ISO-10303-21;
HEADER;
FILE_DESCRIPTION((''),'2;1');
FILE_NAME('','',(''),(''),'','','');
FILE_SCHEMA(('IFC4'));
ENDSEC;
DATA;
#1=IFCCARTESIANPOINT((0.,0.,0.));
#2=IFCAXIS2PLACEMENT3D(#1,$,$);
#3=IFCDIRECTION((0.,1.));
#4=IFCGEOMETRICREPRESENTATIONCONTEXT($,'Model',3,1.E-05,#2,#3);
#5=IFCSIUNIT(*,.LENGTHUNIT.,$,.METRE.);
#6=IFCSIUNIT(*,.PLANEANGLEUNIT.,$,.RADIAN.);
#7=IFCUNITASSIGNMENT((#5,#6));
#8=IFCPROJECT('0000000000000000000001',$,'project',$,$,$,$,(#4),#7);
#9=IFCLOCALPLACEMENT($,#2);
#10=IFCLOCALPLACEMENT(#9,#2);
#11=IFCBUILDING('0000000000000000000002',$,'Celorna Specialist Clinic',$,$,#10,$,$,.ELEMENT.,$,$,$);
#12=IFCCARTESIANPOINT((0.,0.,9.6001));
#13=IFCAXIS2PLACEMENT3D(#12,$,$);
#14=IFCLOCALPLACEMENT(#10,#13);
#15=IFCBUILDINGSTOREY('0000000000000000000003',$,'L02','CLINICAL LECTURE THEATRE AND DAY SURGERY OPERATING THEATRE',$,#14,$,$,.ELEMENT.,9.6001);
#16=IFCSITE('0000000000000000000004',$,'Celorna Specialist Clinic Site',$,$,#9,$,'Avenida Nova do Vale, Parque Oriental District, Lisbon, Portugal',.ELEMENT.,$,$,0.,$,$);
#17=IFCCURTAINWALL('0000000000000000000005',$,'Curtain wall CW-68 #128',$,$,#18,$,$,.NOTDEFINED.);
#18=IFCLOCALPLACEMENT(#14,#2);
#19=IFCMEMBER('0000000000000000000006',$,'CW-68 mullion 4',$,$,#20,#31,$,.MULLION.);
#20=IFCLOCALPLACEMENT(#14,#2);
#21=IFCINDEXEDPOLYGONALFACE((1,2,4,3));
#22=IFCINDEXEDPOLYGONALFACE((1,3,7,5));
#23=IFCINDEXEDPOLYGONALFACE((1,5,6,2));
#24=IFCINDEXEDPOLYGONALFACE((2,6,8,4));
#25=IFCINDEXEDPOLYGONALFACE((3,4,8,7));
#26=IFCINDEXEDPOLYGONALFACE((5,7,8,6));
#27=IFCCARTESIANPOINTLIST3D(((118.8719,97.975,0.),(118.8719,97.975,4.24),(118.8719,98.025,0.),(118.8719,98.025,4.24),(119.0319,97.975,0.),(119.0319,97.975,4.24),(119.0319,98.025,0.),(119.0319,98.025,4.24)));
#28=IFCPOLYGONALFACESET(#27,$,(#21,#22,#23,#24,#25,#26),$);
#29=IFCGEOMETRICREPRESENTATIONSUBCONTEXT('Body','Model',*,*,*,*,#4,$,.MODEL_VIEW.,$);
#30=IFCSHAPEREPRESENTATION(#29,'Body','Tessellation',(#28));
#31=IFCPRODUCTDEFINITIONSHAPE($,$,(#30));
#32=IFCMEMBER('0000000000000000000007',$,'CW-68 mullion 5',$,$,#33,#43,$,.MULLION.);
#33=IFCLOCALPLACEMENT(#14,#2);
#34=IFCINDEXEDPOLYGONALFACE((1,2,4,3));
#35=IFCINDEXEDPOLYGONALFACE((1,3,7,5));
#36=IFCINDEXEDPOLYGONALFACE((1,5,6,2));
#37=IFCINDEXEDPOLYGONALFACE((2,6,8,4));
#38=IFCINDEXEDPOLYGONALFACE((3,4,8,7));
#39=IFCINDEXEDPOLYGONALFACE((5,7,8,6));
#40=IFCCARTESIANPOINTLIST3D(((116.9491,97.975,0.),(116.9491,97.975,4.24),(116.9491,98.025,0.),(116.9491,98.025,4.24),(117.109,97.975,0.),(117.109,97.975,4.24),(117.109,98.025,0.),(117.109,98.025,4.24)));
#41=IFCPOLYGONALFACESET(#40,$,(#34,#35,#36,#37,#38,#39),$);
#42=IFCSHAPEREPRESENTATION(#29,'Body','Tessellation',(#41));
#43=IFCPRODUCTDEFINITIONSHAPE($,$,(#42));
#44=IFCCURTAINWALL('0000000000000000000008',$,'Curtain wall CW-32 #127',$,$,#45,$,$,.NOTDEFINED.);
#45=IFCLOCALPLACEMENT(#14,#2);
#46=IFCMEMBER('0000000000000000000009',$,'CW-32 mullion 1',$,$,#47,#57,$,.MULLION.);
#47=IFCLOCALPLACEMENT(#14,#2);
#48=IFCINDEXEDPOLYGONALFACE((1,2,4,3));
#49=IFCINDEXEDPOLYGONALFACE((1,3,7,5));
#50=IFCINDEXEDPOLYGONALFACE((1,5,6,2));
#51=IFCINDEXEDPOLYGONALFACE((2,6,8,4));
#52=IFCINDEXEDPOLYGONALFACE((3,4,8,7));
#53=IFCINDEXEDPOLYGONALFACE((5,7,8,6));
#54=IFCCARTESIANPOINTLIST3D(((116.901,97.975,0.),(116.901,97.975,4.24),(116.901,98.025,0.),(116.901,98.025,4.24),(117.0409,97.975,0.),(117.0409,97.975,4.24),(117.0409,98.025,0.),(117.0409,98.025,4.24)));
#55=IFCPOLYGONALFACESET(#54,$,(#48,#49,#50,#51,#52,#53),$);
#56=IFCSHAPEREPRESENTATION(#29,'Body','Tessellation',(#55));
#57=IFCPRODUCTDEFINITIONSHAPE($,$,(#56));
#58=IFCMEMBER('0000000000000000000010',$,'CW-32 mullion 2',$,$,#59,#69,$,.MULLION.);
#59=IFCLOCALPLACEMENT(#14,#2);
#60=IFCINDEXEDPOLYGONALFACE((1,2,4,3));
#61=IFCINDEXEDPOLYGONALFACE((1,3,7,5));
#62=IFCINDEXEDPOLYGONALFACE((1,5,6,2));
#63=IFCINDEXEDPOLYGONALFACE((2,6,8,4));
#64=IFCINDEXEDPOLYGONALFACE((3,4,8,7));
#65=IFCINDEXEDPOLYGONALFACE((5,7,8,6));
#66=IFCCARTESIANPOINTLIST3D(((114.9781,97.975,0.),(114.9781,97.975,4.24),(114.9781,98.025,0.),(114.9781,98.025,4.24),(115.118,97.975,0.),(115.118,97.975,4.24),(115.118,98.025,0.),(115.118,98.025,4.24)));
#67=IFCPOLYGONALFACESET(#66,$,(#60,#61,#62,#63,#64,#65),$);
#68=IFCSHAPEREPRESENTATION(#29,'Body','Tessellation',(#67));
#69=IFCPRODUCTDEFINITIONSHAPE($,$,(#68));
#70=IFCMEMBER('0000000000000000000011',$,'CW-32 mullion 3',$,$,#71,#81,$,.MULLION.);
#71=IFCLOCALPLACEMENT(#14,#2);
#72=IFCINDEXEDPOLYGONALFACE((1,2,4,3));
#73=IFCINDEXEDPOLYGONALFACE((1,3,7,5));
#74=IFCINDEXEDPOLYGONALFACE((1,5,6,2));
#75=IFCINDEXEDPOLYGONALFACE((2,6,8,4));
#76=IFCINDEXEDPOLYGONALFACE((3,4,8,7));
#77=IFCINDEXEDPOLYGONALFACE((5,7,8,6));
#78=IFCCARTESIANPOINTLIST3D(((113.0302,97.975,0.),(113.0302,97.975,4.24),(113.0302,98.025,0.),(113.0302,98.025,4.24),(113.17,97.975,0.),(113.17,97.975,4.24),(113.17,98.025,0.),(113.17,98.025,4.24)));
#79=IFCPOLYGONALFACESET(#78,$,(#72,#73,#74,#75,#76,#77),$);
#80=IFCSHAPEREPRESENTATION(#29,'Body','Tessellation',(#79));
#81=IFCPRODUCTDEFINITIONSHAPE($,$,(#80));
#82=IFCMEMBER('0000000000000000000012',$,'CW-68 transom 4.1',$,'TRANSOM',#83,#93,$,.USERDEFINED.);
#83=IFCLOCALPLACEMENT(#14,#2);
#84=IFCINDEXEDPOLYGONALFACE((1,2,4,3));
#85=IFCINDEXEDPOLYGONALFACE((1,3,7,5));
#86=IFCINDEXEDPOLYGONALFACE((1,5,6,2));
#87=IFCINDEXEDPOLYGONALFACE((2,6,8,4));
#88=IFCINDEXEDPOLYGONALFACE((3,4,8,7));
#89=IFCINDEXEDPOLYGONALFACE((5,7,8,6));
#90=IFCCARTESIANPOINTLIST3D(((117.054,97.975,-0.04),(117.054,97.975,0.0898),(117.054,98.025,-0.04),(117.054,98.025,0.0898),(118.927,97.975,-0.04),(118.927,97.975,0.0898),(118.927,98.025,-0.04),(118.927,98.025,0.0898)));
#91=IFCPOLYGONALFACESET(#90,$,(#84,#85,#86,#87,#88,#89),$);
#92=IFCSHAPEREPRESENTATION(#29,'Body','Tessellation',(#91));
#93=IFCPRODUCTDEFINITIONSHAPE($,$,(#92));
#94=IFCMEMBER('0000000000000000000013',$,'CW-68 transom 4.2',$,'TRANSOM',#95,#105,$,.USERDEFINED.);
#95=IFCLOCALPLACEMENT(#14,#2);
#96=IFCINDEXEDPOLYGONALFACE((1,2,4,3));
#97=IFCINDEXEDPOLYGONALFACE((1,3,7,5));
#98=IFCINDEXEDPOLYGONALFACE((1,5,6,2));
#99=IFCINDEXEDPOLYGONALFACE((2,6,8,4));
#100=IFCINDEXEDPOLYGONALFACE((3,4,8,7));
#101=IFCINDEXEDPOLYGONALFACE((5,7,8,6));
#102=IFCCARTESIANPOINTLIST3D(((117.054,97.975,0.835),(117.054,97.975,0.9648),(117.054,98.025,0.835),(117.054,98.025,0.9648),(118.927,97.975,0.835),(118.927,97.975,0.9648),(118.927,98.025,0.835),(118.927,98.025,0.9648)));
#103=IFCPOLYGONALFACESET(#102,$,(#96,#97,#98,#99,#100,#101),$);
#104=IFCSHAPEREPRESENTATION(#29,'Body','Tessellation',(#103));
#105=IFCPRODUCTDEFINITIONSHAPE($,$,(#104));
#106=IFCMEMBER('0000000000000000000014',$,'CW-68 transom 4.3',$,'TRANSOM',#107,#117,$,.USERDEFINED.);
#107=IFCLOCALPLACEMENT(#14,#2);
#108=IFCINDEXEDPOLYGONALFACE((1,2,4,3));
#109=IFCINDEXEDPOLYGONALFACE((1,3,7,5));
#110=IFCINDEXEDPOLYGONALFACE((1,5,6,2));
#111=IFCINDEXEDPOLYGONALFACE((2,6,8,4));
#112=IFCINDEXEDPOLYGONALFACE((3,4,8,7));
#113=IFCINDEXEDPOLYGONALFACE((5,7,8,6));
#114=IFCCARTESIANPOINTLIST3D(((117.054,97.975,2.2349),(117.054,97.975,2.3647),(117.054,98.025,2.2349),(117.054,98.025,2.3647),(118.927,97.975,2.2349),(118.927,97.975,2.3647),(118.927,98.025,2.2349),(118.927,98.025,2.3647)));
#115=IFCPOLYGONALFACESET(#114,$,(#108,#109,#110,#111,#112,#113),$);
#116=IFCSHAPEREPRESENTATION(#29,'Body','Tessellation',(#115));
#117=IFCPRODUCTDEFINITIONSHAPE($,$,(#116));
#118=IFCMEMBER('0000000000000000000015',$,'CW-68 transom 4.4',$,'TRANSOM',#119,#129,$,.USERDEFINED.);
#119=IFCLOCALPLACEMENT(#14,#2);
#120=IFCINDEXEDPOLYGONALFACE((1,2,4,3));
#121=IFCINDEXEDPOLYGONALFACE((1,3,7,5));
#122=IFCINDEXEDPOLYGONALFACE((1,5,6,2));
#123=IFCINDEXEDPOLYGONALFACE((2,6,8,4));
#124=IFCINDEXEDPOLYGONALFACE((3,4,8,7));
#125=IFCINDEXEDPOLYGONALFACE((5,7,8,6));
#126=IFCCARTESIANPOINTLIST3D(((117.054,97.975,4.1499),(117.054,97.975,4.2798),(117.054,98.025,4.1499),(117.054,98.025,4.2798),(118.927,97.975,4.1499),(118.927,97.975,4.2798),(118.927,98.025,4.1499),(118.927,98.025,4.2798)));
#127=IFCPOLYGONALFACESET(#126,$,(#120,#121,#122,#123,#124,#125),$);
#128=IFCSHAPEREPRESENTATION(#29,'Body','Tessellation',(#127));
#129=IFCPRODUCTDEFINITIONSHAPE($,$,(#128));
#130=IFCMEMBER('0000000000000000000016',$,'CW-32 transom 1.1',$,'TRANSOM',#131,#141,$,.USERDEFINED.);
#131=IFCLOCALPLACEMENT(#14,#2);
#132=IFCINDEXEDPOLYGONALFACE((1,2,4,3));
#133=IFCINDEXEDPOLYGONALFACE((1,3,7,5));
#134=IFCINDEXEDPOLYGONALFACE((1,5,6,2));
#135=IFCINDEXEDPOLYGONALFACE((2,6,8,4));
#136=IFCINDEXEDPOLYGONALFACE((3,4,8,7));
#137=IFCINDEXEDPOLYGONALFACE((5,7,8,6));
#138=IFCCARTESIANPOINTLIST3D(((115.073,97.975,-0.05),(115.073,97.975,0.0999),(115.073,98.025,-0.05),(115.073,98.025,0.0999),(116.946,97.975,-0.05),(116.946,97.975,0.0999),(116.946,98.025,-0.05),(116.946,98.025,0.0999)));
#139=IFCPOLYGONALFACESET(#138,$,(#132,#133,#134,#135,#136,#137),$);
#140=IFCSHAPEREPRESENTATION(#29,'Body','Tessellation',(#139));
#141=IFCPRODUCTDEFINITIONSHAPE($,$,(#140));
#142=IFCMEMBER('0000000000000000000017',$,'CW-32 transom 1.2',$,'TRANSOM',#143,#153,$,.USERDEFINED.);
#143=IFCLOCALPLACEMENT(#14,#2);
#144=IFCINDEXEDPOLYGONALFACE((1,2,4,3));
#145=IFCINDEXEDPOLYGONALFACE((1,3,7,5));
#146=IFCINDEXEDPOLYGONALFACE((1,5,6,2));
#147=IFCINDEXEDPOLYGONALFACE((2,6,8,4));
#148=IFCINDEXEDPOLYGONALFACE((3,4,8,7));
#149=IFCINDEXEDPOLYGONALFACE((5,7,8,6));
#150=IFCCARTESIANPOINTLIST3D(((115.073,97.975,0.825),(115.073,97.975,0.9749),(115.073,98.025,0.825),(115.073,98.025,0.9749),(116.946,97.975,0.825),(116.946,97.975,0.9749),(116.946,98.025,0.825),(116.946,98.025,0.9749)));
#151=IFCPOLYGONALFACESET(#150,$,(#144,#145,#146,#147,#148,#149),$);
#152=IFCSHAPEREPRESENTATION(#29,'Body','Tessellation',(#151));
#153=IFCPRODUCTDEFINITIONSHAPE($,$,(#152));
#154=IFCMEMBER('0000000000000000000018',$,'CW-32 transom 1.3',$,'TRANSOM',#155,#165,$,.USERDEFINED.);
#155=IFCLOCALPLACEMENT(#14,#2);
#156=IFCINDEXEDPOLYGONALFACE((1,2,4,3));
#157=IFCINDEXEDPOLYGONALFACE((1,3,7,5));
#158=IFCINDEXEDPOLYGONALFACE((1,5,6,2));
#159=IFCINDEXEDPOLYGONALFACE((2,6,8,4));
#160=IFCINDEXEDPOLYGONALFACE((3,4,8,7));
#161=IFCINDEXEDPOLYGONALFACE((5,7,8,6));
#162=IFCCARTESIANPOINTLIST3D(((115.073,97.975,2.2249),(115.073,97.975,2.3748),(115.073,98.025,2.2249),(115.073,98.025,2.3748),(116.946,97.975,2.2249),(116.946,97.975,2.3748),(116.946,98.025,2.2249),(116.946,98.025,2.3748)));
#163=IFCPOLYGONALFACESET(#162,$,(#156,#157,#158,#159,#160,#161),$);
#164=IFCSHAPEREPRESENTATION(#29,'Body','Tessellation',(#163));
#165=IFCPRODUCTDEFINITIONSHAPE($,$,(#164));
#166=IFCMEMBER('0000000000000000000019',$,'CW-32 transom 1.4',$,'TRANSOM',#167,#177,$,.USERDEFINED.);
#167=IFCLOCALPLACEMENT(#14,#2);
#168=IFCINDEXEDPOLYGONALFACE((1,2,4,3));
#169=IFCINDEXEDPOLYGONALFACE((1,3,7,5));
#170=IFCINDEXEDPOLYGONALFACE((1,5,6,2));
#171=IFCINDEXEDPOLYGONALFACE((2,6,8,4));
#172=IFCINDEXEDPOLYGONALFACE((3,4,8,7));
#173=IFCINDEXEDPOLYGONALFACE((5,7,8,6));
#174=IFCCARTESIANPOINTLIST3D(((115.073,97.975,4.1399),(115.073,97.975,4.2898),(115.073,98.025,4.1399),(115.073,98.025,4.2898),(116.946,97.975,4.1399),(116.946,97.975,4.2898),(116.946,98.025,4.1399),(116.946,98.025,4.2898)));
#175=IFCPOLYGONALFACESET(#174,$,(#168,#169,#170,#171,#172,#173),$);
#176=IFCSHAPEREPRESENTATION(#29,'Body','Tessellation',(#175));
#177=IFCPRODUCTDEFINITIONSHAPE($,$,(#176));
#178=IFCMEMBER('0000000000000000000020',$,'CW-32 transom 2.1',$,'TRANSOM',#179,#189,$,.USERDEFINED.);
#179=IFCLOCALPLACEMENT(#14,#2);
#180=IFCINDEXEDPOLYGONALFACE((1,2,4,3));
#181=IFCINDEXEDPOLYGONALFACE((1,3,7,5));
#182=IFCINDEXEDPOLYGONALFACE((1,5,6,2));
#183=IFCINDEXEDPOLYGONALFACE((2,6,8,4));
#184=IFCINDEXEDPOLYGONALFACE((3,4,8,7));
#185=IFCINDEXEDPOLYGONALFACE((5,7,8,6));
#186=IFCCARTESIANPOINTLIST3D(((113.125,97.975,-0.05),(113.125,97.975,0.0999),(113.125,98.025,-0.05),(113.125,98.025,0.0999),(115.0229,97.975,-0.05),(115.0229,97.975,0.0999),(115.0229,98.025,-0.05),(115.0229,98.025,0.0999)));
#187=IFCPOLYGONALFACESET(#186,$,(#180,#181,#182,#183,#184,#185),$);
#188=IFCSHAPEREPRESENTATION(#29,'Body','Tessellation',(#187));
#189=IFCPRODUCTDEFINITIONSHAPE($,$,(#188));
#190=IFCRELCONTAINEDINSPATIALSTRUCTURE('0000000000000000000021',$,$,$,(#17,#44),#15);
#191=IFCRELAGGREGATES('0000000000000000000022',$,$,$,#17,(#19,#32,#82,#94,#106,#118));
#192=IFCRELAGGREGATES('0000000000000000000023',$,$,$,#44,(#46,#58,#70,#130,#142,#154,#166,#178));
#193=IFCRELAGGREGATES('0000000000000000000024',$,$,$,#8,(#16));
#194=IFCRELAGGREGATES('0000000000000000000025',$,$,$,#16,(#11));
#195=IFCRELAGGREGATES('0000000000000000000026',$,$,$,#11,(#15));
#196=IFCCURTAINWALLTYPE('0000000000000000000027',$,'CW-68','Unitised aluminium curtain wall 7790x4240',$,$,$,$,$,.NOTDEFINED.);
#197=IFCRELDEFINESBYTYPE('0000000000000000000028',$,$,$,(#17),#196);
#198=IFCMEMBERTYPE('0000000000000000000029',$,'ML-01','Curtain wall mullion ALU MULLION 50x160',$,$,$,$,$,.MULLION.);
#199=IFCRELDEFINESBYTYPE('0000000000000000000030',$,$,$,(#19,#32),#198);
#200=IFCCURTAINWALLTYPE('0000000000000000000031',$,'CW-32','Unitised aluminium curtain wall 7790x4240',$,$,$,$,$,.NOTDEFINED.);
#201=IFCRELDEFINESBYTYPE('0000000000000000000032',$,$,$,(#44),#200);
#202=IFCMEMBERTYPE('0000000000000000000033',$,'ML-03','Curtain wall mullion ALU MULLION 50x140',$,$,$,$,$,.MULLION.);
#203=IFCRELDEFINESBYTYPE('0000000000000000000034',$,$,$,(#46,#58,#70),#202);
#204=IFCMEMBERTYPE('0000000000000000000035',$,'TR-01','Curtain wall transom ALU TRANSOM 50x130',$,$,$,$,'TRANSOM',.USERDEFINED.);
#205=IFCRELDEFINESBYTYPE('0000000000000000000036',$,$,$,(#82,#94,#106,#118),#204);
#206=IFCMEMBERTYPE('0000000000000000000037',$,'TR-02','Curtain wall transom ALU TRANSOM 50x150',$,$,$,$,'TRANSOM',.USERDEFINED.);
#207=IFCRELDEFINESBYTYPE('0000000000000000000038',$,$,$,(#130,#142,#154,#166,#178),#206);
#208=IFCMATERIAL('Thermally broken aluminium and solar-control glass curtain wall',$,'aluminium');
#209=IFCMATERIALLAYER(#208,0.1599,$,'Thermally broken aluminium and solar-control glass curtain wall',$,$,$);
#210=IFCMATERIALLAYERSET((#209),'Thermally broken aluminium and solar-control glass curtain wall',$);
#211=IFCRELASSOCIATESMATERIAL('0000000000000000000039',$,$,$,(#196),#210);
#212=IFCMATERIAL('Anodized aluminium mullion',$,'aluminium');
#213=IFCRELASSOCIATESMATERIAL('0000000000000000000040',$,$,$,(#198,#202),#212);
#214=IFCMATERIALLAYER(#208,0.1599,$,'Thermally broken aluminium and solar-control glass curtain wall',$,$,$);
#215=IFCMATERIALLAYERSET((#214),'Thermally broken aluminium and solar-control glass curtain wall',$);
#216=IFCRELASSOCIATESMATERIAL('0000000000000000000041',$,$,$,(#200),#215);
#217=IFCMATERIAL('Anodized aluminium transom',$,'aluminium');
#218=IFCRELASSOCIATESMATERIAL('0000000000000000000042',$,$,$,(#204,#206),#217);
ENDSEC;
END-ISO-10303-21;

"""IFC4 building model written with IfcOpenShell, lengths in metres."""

from ifc_helpers import new_model, si_unit, direction, frame, origin, origin_2d, place, context, subcontext, project, spatial, rectangle, extrude, material, layer, layer_set, material_profile, profile_set, type_object, element, aggregate, save


model = new_model("IFC4")

# Units and contexts
model_context = context("Model", 3, precision=1e-05, world=origin(), true_north=direction((0.0, 1.0)))
body_context = subcontext(model_context, "Body", "Model", "MODEL_VIEW")
ifc_project = project(units=[si_unit("LENGTHUNIT", "METRE"), si_unit("PLANEANGLEUNIT", "RADIAN")], contexts=[model_context])

# Site, building, storey
site_placement = place(None, origin())
site = spatial("IfcSite", under=ifc_project, at=site_placement, Name="Celorna Specialist Clinic Site", LongName="Avenida Nova do Vale, Parque Oriental District, Lisbon, Portugal", CompositionType="ELEMENT", RefElevation=0.0)
building_placement = place(site_placement, origin())
building = spatial("IfcBuilding", under=site, at=building_placement, Name="Celorna Specialist Clinic", CompositionType="ELEMENT")
storey_placement = place(building_placement, frame((0.0, 0.0, 9.6001)))
storey = spatial("IfcBuildingStorey", under=building, at=storey_placement, Name="L02", Description="CLINICAL LECTURE THEATRE AND DAY SURGERY OPERATING THEATRE", CompositionType="ELEMENT", Elevation=9.6001)

# Curtain walls, members
ifc_material_1 = material(Name="Thermally broken aluminium and solar-control glass curtain wall", Category="aluminium")
ifc_layer_1 = layer(ifc_material_1, 0.1599, Name="Thermally broken aluminium and solar-control glass curtain wall")
ifc_layer_set_1 = layer_set([ifc_layer_1], Name="Thermally broken aluminium and solar-control glass curtain wall")
curtain_wall_type_1 = type_object("IfcCurtainWallType", Name="CW-68", Description="Unitised aluminium curtain wall 7790x4240", PredefinedType="NOTDEFINED", material=ifc_layer_set_1)
curtain_wall_1_placement = place(storey_placement, origin())
curtain_wall_1 = element("IfcCurtainWall", 1, at=curtain_wall_1_placement, inside=storey, type_object=curtain_wall_type_1, Name="Curtain wall CW-68 #128", PredefinedType="NOTDEFINED")
ifc_material_2 = material(Name="Anodized aluminium mullion", Category="aluminium")
ifc_material_profile_1 = material_profile(ifc_material_2, rectangle(XDim=0.05, YDim=0.1599, at=origin_2d()), Name="ALU MULLION 50x160")
ifc_profile_set_1 = profile_set([ifc_material_profile_1], Name="Anodized aluminium mullion")
member_type_1 = type_object("IfcMemberType", Name="ML-01", Description="Curtain wall mullion ALU MULLION 50x160", PredefinedType="MULLION", material=ifc_profile_set_1)
member_1_placement = place(storey_placement, frame((118.9519, 98.0, 0.0), z_axis=(0.0, 0.0, 1.0), x_axis=(0.0, -1.0, 0.0)))
member_1 = element("IfcMember", 2, at=member_1_placement, type_object=member_type_1, Name="CW-68 mullion 4", PredefinedType="MULLION", context=body_context, shape_type="SweptSolid", body=[
    extrude(rectangle(XDim=0.05, YDim=0.1599, at=origin_2d()), origin(), (0.0, 0.0, 1.0), 4.24),
])
member_2_placement = place(storey_placement, frame((117.0291, 98.0, 0.0), z_axis=(0.0, 0.0, 1.0), x_axis=(0.0, -1.0, 0.0)))
member_2 = element("IfcMember", 3, at=member_2_placement, type_object=member_type_1, Name="CW-68 mullion 5", PredefinedType="MULLION", context=body_context, shape_type="SweptSolid", body=[
    extrude(rectangle(XDim=0.05, YDim=0.1599, at=origin_2d()), origin(), (0.0, 0.0, 1.0), 4.24),
])
ifc_layer_2 = layer(ifc_material_1, 0.1599, Name="Thermally broken aluminium and solar-control glass curtain wall")
ifc_layer_set_2 = layer_set([ifc_layer_2], Name="Thermally broken aluminium and solar-control glass curtain wall")
curtain_wall_type_2 = type_object("IfcCurtainWallType", Name="CW-32", Description="Unitised aluminium curtain wall 7790x4240", PredefinedType="NOTDEFINED", material=ifc_layer_set_2)
curtain_wall_2_placement = place(storey_placement, origin())
curtain_wall_2 = element("IfcCurtainWall", 4, at=curtain_wall_2_placement, inside=storey, type_object=curtain_wall_type_2, Name="Curtain wall CW-32 #127", PredefinedType="NOTDEFINED")
ifc_material_profile_2 = material_profile(ifc_material_2, rectangle(XDim=0.05, YDim=0.1399, at=origin_2d()), Name="ALU MULLION 50x140")
ifc_profile_set_2 = profile_set([ifc_material_profile_2], Name="Anodized aluminium mullion")
member_type_2 = type_object("IfcMemberType", Name="ML-03", Description="Curtain wall mullion ALU MULLION 50x140", PredefinedType="MULLION", material=ifc_profile_set_2)
member_3_placement = place(storey_placement, frame((116.9709, 98.0, 0.0), z_axis=(0.0, 0.0, 1.0), x_axis=(0.0, -1.0, 0.0)))
member_3 = element("IfcMember", 5, at=member_3_placement, type_object=member_type_2, Name="CW-32 mullion 1", PredefinedType="MULLION", context=body_context, shape_type="SweptSolid", body=[
    extrude(rectangle(XDim=0.05, YDim=0.1399, at=origin_2d()), origin(), (0.0, 0.0, 1.0), 4.24),
])
member_4_placement = place(storey_placement, frame((115.0481, 98.0, 0.0), z_axis=(0.0, 0.0, 1.0), x_axis=(0.0, -1.0, 0.0)))
member_4 = element("IfcMember", 6, at=member_4_placement, type_object=member_type_2, Name="CW-32 mullion 2", PredefinedType="MULLION", context=body_context, shape_type="SweptSolid", body=[
    extrude(rectangle(XDim=0.05, YDim=0.1399, at=origin_2d()), origin(), (0.0, 0.0, 1.0), 4.24),
])
member_5_placement = place(storey_placement, frame((113.1001, 98.0, 0.0), z_axis=(0.0, 0.0, 1.0), x_axis=(0.0, -1.0, 0.0)))
member_5 = element("IfcMember", 7, at=member_5_placement, type_object=member_type_2, Name="CW-32 mullion 3", PredefinedType="MULLION", context=body_context, shape_type="SweptSolid", body=[
    extrude(rectangle(XDim=0.05, YDim=0.1399, at=origin_2d()), origin(), (0.0, 0.0, 1.0), 4.24),
])

# Members
ifc_material_3 = material(Name="Anodized aluminium transom", Category="aluminium")
ifc_material_profile_3 = material_profile(ifc_material_3, rectangle(XDim=0.05, YDim=0.1299, at=origin_2d()), Name="ALU TRANSOM 50x130")
ifc_profile_set_3 = profile_set([ifc_material_profile_3], Name="Anodized aluminium transom")
member_type_3 = type_object("IfcMemberType", Name="TR-01", Description="Curtain wall transom ALU TRANSOM 50x130", ElementType="TRANSOM", PredefinedType="USERDEFINED", material=ifc_profile_set_3)
member_6_placement = place(storey_placement, frame((118.927, 98.0, 0.0249), z_axis=(-1.0, 0.0, 0.0), x_axis=(0.0, -1.0, 0.0)))
member_6 = element("IfcMember", 8, at=member_6_placement, type_object=member_type_3, Name="CW-68 transom 4.1", ObjectType="TRANSOM", PredefinedType="USERDEFINED", context=body_context, shape_type="SweptSolid", body=[
    extrude(rectangle(XDim=0.05, YDim=0.1299, at=origin_2d()), origin(), (0.0, 0.0, 1.0), 1.873),
])
member_7_placement = place(storey_placement, frame((118.927, 98.0, 0.8999), z_axis=(-1.0, 0.0, 0.0), x_axis=(0.0, -1.0, 0.0)))
member_7 = element("IfcMember", 9, at=member_7_placement, type_object=member_type_3, Name="CW-68 transom 4.2", ObjectType="TRANSOM", PredefinedType="USERDEFINED", context=body_context, shape_type="SweptSolid", body=[
    extrude(rectangle(XDim=0.05, YDim=0.1299, at=origin_2d()), origin(), (0.0, 0.0, 1.0), 1.873),
])
member_8_placement = place(storey_placement, frame((118.927, 98.0, 2.2998), z_axis=(-1.0, 0.0, 0.0), x_axis=(0.0, -1.0, 0.0)))
member_8 = element("IfcMember", 10, at=member_8_placement, type_object=member_type_3, Name="CW-68 transom 4.3", ObjectType="TRANSOM", PredefinedType="USERDEFINED", context=body_context, shape_type="SweptSolid", body=[
    extrude(rectangle(XDim=0.05, YDim=0.1299, at=origin_2d()), origin(), (0.0, 0.0, 1.0), 1.873),
])
member_9_placement = place(storey_placement, frame((118.927, 98.0, 4.2148), z_axis=(-1.0, 0.0, 0.0), x_axis=(0.0, -1.0, 0.0)))
member_9 = element("IfcMember", 11, at=member_9_placement, type_object=member_type_3, Name="CW-68 transom 4.4", ObjectType="TRANSOM", PredefinedType="USERDEFINED", context=body_context, shape_type="SweptSolid", body=[
    extrude(rectangle(XDim=0.05, YDim=0.1299, at=origin_2d()), origin(), (0.0, 0.0, 1.0), 1.873),
])
ifc_material_profile_4 = material_profile(ifc_material_3, rectangle(XDim=0.05, YDim=0.1499, at=origin_2d()), Name="ALU TRANSOM 50x150")
ifc_profile_set_4 = profile_set([ifc_material_profile_4], Name="Anodized aluminium transom")
member_type_4 = type_object("IfcMemberType", Name="TR-02", Description="Curtain wall transom ALU TRANSOM 50x150", ElementType="TRANSOM", PredefinedType="USERDEFINED", material=ifc_profile_set_4)
member_10_placement = place(storey_placement, frame((116.946, 98.0, 0.0249), z_axis=(-1.0, 0.0, 0.0), x_axis=(0.0, -1.0, 0.0)))
member_10 = element("IfcMember", 12, at=member_10_placement, type_object=member_type_4, Name="CW-32 transom 1.1", ObjectType="TRANSOM", PredefinedType="USERDEFINED", context=body_context, shape_type="SweptSolid", body=[
    extrude(rectangle(XDim=0.05, YDim=0.1499, at=origin_2d()), origin(), (0.0, 0.0, 1.0), 1.873),
])
member_11_placement = place(storey_placement, frame((116.946, 98.0, 0.8999), z_axis=(-1.0, 0.0, 0.0), x_axis=(0.0, -1.0, 0.0)))
member_11 = element("IfcMember", 13, at=member_11_placement, type_object=member_type_4, Name="CW-32 transom 1.2", ObjectType="TRANSOM", PredefinedType="USERDEFINED", context=body_context, shape_type="SweptSolid", body=[
    extrude(rectangle(XDim=0.05, YDim=0.1499, at=origin_2d()), origin(), (0.0, 0.0, 1.0), 1.873),
])
member_12_placement = place(storey_placement, frame((116.946, 98.0, 2.2998), z_axis=(-1.0, 0.0, 0.0), x_axis=(0.0, -1.0, 0.0)))
member_12 = element("IfcMember", 14, at=member_12_placement, type_object=member_type_4, Name="CW-32 transom 1.3", ObjectType="TRANSOM", PredefinedType="USERDEFINED", context=body_context, shape_type="SweptSolid", body=[
    extrude(rectangle(XDim=0.05, YDim=0.1499, at=origin_2d()), origin(), (0.0, 0.0, 1.0), 1.873),
])
member_13_placement = place(storey_placement, frame((116.946, 98.0, 4.2148), z_axis=(-1.0, 0.0, 0.0), x_axis=(0.0, -1.0, 0.0)))
member_13 = element("IfcMember", 15, at=member_13_placement, type_object=member_type_4, Name="CW-32 transom 1.4", ObjectType="TRANSOM", PredefinedType="USERDEFINED", context=body_context, shape_type="SweptSolid", body=[
    extrude(rectangle(XDim=0.05, YDim=0.1499, at=origin_2d()), origin(), (0.0, 0.0, 1.0), 1.873),
])
member_14_placement = place(storey_placement, frame((115.0229, 98.0, 0.0249), z_axis=(-1.0, 0.0, 0.0), x_axis=(0.0, -1.0, 0.0)))
member_14 = element("IfcMember", 16, at=member_14_placement, type_object=member_type_4, Name="CW-32 transom 2.1", ObjectType="TRANSOM", PredefinedType="USERDEFINED", context=body_context, shape_type="SweptSolid", body=[
    extrude(rectangle(XDim=0.05, YDim=0.1499, at=origin_2d()), origin(), (0.0, 0.0, 1.0), 1.8979),
])

aggregate(curtain_wall_1, [member_1, member_2, member_6, member_7, member_8, member_9])
aggregate(curtain_wall_2, [member_3, member_4, member_5, member_10, member_11, member_12, member_13, member_14])

save(model, "model.ifc")
